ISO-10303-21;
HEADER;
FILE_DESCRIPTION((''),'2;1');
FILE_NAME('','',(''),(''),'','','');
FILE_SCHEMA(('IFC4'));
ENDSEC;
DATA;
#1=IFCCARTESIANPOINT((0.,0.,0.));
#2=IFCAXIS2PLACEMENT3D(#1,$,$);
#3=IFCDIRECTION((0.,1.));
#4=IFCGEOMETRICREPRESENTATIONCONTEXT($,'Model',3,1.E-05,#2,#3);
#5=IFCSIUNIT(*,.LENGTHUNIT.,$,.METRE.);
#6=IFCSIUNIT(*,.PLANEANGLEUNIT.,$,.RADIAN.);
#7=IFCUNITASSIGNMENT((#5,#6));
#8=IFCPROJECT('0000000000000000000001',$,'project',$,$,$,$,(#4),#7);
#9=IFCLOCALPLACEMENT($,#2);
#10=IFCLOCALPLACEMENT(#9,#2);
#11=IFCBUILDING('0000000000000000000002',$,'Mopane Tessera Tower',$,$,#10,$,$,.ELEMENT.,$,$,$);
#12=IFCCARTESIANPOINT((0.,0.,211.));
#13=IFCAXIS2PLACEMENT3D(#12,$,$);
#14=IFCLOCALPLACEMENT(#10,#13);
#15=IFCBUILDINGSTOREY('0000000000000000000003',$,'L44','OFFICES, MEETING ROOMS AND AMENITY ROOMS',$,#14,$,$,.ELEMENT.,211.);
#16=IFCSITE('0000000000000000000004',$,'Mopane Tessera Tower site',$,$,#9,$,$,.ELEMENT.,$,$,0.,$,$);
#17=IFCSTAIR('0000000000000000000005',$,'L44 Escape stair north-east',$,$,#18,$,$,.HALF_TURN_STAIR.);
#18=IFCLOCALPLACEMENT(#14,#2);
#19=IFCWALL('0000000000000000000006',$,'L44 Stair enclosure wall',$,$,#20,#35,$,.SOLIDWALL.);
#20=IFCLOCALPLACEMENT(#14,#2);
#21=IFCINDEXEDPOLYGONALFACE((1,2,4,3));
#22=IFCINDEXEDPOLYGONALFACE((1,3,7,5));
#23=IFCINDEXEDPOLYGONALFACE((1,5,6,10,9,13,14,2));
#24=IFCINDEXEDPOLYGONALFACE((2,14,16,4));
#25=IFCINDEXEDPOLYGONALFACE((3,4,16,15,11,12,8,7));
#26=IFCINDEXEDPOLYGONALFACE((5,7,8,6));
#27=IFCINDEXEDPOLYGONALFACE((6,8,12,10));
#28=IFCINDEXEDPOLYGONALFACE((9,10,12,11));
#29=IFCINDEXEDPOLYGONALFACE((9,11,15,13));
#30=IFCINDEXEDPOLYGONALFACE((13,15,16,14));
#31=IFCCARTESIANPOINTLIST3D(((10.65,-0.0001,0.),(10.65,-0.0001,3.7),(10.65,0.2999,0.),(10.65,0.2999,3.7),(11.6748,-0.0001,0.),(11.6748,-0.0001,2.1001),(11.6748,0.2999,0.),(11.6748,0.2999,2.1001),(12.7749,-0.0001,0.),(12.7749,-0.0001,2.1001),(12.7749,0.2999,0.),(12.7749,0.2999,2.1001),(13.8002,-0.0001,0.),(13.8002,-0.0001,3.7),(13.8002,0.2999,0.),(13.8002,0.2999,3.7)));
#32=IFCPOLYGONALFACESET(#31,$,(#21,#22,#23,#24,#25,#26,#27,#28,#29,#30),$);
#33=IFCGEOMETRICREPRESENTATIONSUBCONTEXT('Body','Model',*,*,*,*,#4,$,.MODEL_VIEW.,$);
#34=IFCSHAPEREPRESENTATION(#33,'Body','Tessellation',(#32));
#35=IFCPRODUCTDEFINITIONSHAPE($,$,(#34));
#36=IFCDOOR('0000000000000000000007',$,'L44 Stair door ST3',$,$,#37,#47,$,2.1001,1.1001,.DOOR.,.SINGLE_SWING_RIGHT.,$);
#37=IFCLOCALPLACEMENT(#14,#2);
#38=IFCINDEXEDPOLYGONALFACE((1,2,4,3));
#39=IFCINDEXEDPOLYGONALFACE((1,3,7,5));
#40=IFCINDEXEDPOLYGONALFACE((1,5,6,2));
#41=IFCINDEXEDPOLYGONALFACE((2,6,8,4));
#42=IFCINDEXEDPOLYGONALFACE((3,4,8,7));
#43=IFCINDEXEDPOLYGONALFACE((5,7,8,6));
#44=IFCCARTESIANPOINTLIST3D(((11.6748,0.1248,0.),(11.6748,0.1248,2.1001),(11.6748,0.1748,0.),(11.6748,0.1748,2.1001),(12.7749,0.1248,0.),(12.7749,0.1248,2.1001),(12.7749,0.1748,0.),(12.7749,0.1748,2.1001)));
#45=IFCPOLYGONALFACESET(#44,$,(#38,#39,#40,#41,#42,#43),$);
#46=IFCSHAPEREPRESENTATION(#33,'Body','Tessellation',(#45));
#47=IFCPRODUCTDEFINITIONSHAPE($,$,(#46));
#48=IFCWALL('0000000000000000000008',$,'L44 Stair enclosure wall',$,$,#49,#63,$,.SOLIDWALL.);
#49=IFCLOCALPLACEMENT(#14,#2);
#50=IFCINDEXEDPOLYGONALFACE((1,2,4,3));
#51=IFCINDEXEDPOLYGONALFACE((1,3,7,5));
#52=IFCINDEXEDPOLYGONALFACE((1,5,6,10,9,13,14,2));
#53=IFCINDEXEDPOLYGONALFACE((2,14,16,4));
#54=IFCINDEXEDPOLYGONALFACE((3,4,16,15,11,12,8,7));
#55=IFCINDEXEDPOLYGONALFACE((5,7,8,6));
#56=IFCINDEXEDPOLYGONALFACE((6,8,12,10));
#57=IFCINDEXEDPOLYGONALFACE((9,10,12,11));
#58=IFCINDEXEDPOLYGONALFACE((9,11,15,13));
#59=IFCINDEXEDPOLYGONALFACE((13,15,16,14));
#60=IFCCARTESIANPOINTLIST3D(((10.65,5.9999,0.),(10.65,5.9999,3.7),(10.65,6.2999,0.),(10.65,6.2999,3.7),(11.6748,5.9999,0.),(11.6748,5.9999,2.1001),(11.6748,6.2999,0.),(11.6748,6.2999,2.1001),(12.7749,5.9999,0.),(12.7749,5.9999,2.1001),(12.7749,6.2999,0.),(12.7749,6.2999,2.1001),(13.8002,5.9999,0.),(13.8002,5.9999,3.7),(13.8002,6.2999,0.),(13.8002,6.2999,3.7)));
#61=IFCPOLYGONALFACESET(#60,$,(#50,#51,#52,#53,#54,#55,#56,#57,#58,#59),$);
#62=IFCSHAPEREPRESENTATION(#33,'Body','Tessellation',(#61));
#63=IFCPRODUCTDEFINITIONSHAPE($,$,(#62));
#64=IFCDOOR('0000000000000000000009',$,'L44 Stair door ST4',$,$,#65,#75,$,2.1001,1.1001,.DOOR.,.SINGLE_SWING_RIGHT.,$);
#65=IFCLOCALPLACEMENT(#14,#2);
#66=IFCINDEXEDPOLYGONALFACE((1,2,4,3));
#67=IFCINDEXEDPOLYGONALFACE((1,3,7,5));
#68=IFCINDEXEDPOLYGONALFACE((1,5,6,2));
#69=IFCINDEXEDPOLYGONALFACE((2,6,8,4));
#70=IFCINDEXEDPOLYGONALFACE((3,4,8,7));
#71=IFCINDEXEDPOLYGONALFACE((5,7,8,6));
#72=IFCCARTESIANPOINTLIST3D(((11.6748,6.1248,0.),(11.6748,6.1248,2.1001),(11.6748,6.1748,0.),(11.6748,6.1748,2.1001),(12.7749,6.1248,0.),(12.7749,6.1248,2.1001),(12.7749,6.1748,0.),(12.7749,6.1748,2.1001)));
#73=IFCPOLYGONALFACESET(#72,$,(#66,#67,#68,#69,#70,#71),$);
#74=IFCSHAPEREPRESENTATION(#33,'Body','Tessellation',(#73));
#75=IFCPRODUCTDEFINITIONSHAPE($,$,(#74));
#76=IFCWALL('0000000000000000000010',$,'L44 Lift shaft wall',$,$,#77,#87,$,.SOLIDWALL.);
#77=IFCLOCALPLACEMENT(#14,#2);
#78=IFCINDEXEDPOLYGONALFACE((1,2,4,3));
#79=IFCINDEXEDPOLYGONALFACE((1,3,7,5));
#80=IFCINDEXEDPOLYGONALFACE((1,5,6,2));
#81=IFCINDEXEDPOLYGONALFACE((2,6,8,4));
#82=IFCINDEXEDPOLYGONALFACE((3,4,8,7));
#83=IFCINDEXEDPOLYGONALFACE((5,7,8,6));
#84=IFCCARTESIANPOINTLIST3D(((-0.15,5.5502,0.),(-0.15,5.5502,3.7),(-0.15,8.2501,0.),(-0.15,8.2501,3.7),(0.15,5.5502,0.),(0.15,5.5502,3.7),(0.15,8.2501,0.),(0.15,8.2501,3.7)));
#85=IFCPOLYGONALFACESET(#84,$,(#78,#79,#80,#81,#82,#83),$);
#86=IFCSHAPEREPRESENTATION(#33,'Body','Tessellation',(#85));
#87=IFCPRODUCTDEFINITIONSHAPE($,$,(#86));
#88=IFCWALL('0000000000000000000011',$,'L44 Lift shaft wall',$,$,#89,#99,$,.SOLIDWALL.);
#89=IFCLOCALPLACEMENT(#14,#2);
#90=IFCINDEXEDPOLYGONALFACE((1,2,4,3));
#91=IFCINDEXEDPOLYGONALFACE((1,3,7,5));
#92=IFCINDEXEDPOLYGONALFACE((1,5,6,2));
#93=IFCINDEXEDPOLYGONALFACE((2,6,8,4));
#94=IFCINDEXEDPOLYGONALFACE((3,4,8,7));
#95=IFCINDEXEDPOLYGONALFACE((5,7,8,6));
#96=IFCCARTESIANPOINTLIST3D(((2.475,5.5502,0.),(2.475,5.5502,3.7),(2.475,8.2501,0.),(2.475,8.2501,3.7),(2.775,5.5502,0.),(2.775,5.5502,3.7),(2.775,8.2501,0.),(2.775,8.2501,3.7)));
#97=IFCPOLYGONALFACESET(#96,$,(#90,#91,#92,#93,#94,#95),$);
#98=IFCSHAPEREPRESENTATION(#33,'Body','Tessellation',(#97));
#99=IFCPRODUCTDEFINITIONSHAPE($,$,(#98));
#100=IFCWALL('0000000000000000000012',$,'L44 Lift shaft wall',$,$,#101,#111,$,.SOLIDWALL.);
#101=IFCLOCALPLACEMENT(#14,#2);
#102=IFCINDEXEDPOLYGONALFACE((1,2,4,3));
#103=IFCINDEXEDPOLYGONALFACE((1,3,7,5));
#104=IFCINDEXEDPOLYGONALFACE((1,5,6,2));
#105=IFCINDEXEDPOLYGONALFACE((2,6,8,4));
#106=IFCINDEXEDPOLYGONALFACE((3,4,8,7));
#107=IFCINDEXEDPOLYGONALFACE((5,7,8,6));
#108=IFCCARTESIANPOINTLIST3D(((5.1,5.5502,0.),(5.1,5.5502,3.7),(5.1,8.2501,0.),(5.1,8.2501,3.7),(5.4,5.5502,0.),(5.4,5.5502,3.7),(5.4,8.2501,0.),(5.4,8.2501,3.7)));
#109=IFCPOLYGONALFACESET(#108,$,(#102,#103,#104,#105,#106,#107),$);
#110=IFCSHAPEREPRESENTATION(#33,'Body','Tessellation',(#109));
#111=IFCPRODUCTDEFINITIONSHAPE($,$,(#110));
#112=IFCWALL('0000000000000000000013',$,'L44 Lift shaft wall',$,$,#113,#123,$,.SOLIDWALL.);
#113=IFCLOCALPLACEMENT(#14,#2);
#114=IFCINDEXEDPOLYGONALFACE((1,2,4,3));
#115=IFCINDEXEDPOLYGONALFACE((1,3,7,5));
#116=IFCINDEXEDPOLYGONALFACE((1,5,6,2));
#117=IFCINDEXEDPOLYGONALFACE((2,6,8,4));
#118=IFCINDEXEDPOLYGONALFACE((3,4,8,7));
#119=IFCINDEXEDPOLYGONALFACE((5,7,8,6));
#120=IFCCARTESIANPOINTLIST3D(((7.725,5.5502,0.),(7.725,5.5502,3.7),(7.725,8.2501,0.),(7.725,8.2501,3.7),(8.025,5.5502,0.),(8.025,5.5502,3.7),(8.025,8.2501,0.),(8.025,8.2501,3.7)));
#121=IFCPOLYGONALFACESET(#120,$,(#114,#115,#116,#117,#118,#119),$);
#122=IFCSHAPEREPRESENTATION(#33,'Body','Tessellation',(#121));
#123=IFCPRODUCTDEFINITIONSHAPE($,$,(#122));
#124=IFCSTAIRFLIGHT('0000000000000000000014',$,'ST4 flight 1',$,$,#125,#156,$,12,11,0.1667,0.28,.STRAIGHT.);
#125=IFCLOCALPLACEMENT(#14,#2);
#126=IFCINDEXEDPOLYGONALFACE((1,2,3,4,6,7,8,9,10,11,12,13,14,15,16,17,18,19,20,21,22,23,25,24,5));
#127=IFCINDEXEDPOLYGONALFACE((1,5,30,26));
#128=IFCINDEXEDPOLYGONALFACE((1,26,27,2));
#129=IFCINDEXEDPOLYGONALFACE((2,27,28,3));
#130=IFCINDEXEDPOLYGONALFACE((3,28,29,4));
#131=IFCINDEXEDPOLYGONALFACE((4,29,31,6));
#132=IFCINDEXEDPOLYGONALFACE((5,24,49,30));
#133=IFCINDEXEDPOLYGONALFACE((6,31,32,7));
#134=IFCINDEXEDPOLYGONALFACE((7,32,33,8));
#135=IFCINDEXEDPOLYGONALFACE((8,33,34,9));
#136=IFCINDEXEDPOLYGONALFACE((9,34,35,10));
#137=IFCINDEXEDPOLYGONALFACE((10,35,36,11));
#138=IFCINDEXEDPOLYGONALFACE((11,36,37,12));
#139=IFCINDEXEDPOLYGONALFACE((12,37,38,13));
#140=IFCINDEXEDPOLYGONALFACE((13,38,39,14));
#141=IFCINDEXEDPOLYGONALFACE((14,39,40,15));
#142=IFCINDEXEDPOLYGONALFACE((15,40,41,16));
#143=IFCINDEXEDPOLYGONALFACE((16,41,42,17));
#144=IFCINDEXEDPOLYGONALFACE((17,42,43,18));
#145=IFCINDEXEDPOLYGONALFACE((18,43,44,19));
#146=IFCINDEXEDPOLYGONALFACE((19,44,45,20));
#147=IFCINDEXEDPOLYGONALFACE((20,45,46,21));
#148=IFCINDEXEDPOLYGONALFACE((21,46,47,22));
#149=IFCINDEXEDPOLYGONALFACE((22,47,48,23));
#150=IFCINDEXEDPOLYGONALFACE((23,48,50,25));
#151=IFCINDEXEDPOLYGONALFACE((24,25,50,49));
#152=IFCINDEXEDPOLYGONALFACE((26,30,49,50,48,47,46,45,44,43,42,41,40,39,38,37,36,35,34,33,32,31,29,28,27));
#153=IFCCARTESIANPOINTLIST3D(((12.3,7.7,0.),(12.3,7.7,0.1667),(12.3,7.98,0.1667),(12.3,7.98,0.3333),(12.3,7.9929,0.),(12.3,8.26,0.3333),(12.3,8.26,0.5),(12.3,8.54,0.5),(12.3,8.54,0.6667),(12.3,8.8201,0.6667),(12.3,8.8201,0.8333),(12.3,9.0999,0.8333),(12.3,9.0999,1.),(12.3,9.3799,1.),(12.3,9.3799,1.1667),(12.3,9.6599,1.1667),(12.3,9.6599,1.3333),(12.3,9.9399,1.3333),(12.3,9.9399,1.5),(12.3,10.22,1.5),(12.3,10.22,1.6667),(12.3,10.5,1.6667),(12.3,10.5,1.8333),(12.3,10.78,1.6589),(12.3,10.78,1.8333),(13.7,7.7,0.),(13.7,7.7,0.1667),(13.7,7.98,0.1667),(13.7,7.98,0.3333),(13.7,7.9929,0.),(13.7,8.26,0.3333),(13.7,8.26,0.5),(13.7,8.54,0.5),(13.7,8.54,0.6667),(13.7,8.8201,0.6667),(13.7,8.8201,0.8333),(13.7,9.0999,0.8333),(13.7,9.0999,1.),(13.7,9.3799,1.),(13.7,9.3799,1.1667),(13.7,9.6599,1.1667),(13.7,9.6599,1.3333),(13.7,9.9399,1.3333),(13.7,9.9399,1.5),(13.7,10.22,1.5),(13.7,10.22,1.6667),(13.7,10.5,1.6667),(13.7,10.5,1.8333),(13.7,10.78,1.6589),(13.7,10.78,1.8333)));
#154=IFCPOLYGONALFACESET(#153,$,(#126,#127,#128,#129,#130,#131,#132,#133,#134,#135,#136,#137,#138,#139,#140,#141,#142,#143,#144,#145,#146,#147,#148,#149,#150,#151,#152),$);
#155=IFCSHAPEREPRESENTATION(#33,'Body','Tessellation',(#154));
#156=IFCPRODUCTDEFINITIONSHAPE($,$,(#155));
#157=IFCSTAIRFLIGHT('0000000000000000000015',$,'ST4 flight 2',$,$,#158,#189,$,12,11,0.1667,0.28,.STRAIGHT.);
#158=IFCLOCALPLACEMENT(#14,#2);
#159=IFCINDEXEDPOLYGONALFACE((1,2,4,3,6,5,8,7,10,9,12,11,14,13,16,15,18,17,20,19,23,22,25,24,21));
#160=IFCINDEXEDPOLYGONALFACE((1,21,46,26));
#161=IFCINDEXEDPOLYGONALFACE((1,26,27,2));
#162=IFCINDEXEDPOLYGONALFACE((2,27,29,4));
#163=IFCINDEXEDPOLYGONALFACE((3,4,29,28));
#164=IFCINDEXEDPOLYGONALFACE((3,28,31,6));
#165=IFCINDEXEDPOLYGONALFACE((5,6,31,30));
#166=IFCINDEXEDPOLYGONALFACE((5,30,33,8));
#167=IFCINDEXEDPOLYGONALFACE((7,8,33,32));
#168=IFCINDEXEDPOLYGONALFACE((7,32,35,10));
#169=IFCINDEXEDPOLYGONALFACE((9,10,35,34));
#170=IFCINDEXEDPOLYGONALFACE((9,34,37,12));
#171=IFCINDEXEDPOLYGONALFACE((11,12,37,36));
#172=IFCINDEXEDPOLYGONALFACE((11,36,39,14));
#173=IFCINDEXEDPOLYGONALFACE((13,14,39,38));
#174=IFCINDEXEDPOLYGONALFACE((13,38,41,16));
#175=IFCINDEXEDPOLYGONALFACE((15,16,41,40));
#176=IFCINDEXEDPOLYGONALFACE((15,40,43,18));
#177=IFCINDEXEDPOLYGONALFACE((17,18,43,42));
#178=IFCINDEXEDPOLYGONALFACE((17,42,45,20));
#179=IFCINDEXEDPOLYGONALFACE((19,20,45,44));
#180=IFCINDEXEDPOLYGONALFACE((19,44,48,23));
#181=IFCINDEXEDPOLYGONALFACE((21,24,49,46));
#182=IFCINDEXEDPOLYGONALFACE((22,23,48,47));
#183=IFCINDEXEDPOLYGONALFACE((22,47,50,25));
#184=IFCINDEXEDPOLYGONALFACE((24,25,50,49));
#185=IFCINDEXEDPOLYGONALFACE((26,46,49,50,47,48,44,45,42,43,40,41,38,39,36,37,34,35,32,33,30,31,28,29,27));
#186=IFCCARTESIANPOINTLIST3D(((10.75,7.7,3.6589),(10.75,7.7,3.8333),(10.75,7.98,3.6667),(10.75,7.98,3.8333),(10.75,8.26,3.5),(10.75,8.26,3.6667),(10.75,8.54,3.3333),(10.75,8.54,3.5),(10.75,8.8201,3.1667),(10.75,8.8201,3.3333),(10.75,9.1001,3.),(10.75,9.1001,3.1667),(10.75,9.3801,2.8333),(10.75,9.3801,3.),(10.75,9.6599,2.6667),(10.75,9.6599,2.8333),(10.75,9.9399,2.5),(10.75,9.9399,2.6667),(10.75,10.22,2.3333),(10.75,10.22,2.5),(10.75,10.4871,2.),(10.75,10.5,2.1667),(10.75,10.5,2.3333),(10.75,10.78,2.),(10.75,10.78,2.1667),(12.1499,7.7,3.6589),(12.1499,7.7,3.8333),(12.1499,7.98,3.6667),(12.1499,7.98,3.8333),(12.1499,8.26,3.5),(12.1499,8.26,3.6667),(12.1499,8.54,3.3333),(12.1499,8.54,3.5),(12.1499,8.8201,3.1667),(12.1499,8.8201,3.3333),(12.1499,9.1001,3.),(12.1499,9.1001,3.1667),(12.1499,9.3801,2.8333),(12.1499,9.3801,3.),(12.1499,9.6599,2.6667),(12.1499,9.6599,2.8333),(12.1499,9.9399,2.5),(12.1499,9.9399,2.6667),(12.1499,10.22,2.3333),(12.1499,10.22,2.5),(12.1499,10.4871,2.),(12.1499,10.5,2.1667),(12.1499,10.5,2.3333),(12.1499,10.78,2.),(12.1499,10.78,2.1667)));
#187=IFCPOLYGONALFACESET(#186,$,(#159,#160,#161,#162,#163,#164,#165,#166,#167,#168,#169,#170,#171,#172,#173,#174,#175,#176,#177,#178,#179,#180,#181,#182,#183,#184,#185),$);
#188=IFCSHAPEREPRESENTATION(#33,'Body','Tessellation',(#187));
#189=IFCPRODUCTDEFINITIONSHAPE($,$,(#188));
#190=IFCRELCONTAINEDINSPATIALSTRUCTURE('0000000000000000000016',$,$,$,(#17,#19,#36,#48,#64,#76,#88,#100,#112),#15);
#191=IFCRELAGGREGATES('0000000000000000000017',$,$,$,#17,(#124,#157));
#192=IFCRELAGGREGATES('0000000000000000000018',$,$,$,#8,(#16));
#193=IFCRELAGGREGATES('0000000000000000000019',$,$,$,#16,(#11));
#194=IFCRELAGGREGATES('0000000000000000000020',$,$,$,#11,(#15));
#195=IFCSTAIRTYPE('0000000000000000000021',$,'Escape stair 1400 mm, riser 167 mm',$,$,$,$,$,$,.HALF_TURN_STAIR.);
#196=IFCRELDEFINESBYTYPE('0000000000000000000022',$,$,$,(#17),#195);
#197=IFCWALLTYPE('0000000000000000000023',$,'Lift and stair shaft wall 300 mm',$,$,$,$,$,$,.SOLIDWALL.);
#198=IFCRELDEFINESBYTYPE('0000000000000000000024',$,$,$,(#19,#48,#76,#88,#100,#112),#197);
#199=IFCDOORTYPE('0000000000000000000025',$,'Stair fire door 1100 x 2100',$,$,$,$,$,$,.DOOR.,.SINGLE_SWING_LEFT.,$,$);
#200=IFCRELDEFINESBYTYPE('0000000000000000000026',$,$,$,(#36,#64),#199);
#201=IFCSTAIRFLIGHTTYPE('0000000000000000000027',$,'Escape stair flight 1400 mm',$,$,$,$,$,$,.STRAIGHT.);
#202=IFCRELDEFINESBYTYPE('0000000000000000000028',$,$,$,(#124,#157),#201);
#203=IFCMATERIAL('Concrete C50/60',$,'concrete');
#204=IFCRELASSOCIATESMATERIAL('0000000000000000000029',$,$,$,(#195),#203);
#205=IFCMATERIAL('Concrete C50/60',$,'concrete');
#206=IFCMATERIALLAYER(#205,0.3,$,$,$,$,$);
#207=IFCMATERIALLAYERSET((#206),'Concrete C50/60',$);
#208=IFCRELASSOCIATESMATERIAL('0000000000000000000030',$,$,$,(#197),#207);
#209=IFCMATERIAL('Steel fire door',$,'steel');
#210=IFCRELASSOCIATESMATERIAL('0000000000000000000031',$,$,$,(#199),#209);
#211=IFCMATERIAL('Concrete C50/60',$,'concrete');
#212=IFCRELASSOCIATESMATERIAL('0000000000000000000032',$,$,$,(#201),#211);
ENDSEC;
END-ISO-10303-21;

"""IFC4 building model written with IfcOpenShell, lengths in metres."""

from ifc_helpers import new_model, si_unit, direction, frame, frame_2d, origin, place, context, subcontext, project, spatial, polyline, rectangle, outline, extrude, material, layer, layer_set, type_object, element, fill, aggregate, save


model = new_model("IFC4")

# Units and contexts
model_context = context("Model", 3, precision=1e-05, world=origin(), true_north=direction((0.0, 1.0)))
body_context = subcontext(model_context, "Body", "Model", "MODEL_VIEW")
ifc_project = project(units=[si_unit("LENGTHUNIT", "METRE"), si_unit("PLANEANGLEUNIT", "RADIAN")], contexts=[model_context])

# Site, building, storey
site_placement = place(None, origin())
site = spatial("IfcSite", under=ifc_project, at=site_placement, Name="Mopane Tessera Tower site", CompositionType="ELEMENT", RefElevation=0.0)
building_placement = place(site_placement, origin())
building = spatial("IfcBuilding", under=site, at=building_placement, Name="Mopane Tessera Tower", CompositionType="ELEMENT")
storey_placement = place(building_placement, frame((0.0, 0.0, 211.0)))
storey = spatial("IfcBuildingStorey", under=building, at=storey_placement, Name="L44", Description="OFFICES, MEETING ROOMS AND AMENITY ROOMS", CompositionType="ELEMENT", Elevation=211.0)

# Stair
ifc_material_1 = material(Name="Concrete C50/60", Category="concrete")
stair_type = type_object("IfcStairType", Name="Escape stair 1400 mm, riser 167 mm", PredefinedType="HALF_TURN_STAIR", material=ifc_material_1)
stair_1_placement = place(storey_placement, origin())
stair_1 = element("IfcStair", 1, at=stair_1_placement, inside=storey, type_object=stair_type, Name="L44 Escape stair north-east", PredefinedType="HALF_TURN_STAIR")

# Walls, openings, doors
ifc_material_2 = material(Name="Concrete C50/60", Category="concrete")
ifc_layer_1 = layer(ifc_material_2, 0.3)
ifc_layer_set_1 = layer_set([ifc_layer_1], Name="Concrete C50/60")
wall_type_1 = type_object("IfcWallType", Name="Lift and stair shaft wall 300 mm", PredefinedType="SOLIDWALL", material=ifc_layer_set_1)
wall_1_placement = place(storey_placement, frame((10.6499, 0.1499, 0.0), z_axis=(0.0, 0.0, 1.0), x_axis=(1.0, 0.0, 0.0)))
wall_1 = element("IfcWall", 2, at=wall_1_placement, inside=storey, type_object=wall_type_1, Name="L44 Stair enclosure wall", PredefinedType="SOLIDWALL", context=body_context, shape_type="SweptSolid", body=[
    extrude(rectangle(XDim=3.1501, YDim=0.3, at=frame_2d((1.5752, 0.0))), origin(), (0.0, 0.0, 1.0), 3.7),
])
opening_1_placement = place(wall_1_placement, frame((1.0249, 0.0, 0.0)))
opening_1 = element("IfcOpeningElement", 3, at=opening_1_placement, cuts=wall_1, PredefinedType="OPENING", context=body_context, shape_type="SweptSolid", body=[
    extrude(rectangle(XDim=1.1001, YDim=2.1001, at=frame_2d((0.55, 1.05))), frame((0.0, 0.1621, 0.0), z_axis=(0.0, -1.0, 0.0), x_axis=(1.0, 0.0, 0.0)), (0.0, 0.0, 1.0), 0.324),
])
ifc_material_3 = material(Name="Steel fire door", Category="steel")
door_type = type_object("IfcDoorType", Name="Stair fire door 1100 x 2100", OperationType="SINGLE_SWING_LEFT", PredefinedType="DOOR", material=ifc_material_3)
door_1_placement = place(opening_1_placement, origin())
door_1 = element("IfcDoor", 4, at=door_1_placement, inside=storey, type_object=door_type, Name="L44 Stair door ST3", OperationType="SINGLE_SWING_RIGHT", OverallHeight=2.1001, OverallWidth=1.1001, PredefinedType="DOOR", context=body_context, shape_type="SweptSolid", body=[
    extrude(rectangle(XDim=1.1001, YDim=2.1001, at=frame_2d((0.55, 1.05))), frame((0.0, 0.0249, 0.0), z_axis=(0.0, -1.0, 0.0), x_axis=(1.0, 0.0, 0.0)), (0.0, 0.0, 1.0), 0.05),
])
fill(opening_1, door_1)
wall_2_placement = place(storey_placement, frame((10.6499, 6.1499, 0.0), z_axis=(0.0, 0.0, 1.0), x_axis=(1.0, 0.0, 0.0)))
wall_2 = element("IfcWall", 5, at=wall_2_placement, inside=storey, type_object=wall_type_1, Name="L44 Stair enclosure wall", PredefinedType="SOLIDWALL", context=body_context, shape_type="SweptSolid", body=[
    extrude(rectangle(XDim=3.1501, YDim=0.3, at=frame_2d((1.5752, 0.0))), origin(), (0.0, 0.0, 1.0), 3.7),
])
opening_2_placement = place(wall_2_placement, frame((1.0249, 0.0, 0.0)))
opening_2 = element("IfcOpeningElement", 6, at=opening_2_placement, cuts=wall_2, PredefinedType="OPENING", context=body_context, shape_type="SweptSolid", body=[
    extrude(rectangle(XDim=1.1001, YDim=2.1001, at=frame_2d((0.55, 1.05))), frame((0.0, 0.1621, 0.0), z_axis=(0.0, -1.0, 0.0), x_axis=(1.0, 0.0, 0.0)), (0.0, 0.0, 1.0), 0.324),
])
door_2_placement = place(opening_2_placement, origin())
door_2 = element("IfcDoor", 7, at=door_2_placement, inside=storey, type_object=door_type, Name="L44 Stair door ST4", OperationType="SINGLE_SWING_RIGHT", OverallHeight=2.1001, OverallWidth=1.1001, PredefinedType="DOOR", context=body_context, shape_type="SweptSolid", body=[
    extrude(rectangle(XDim=1.1001, YDim=2.1001, at=frame_2d((0.55, 1.05))), frame((0.0, 0.0249, 0.0), z_axis=(0.0, -1.0, 0.0), x_axis=(1.0, 0.0, 0.0)), (0.0, 0.0, 1.0), 0.05),
])
fill(opening_2, door_2)

# Walls
for number, where, z_axis, x_axis, name in (
    (8, (0.0, 5.55, 0.0), (0.0, 0.0, 1.0), (0.0, 1.0, 0.0), "L44 Lift shaft wall"),
    (9, (2.625, 5.55, 0.0), (0.0, 0.0, 1.0), (0.0, 1.0, 0.0), "L44 Lift shaft wall"),
    (10, (5.25, 5.55, 0.0), (0.0, 0.0, 1.0), (0.0, 1.0, 0.0), "L44 Lift shaft wall"),
    (11, (7.875, 5.55, 0.0), (0.0, 0.0, 1.0), (0.0, 1.0, 0.0), "L44 Lift shaft wall"),
):
    element("IfcWall", number, at=place(storey_placement, frame(where, z_axis=z_axis, x_axis=x_axis)), inside=storey, type_object=wall_type_1, Name=name, PredefinedType="SOLIDWALL", context=body_context, shape_type="SweptSolid", body=[
        extrude(rectangle(XDim=2.7, YDim=0.3, at=frame_2d((1.3501, 0.0))), origin(), (0.0, 0.0, 1.0), 3.7),
    ])

# Stair flights
ifc_material_4 = material(Name="Concrete C50/60", Category="concrete")
stair_flight_type = type_object("IfcStairFlightType", Name="Escape stair flight 1400 mm", PredefinedType="STRAIGHT", material=ifc_material_4)
stair_flight_1_placement = place(storey_placement, frame((13.0, 7.7, 0.0), z_axis=(0.0, 0.0, 1.0), x_axis=(0.0, 1.0, 0.0)))
stair_flight_1 = element("IfcStairFlight", 12, at=stair_flight_1_placement, type_object=stair_flight_type, Name="ST4 flight 1", NumberOfRisers=12, NumberOfTreads=11, PredefinedType="STRAIGHT", RiserHeight=0.1667, TreadLength=0.28, context=body_context, shape_type="SweptSolid", body=[
    extrude(outline(polyline([(0.0, 0.0), (0.0, 0.1667), (0.28, 0.1667), (0.28, 0.3333), (0.5601, 0.3333), (0.5601, 0.5), (0.8401, 0.5), (0.8401, 0.6667), (1.1201, 0.6667), (1.1201, 0.8333), (1.3999, 0.8333), (1.3999, 1.0), (1.6799, 1.0), (1.6799, 1.1667), (1.96, 1.1667), (1.96, 1.3333), (2.24, 1.3333), (2.24, 1.5), (2.52, 1.5), (2.52, 1.6667), (2.8, 1.6667), (2.8, 1.8333), (3.0801, 1.8333), (3.0801, 2.0), (3.0801, 1.6589), (0.293, 0.0), (0.0, 0.0)])), frame((0.0, 0.7, 0.0), z_axis=(0.0, -1.0, 0.0), x_axis=(1.0, 0.0, 0.0)), (0.0, 0.0, 1.0), 1.3999),
])
stair_flight_2_placement = place(storey_placement, frame((11.45, 10.78, 2.0), z_axis=(0.0, 0.0, 1.0), x_axis=(0.0, -1.0, 0.0)))
stair_flight_2 = element("IfcStairFlight", 13, at=stair_flight_2_placement, type_object=stair_flight_type, Name="ST4 flight 2", NumberOfRisers=12, NumberOfTreads=11, PredefinedType="STRAIGHT", RiserHeight=0.1667, TreadLength=0.28, context=body_context, shape_type="SweptSolid", body=[
    extrude(outline(polyline([(0.0, 0.0), (0.0, 0.1667), (0.28, 0.1667), (0.28, 0.3333), (0.5601, 0.3333), (0.5601, 0.5), (0.8401, 0.5), (0.8401, 0.6667), (1.1201, 0.6667), (1.1201, 0.8333), (1.3999, 0.8333), (1.3999, 1.0), (1.6799, 1.0), (1.6799, 1.1667), (1.96, 1.1667), (1.96, 1.3333), (2.24, 1.3333), (2.24, 1.5), (2.52, 1.5), (2.52, 1.6667), (2.8, 1.6667), (2.8, 1.8333), (3.0801, 1.8333), (3.0801, 2.0), (3.0801, 1.6589), (0.293, 0.0), (0.0, 0.0)])), frame((0.0, 0.7, 0.0), z_axis=(0.0, -1.0, 0.0), x_axis=(1.0, 0.0, 0.0)), (0.0, 0.0, 1.0), 1.3999),
])
aggregate(stair_1, [stair_flight_1, stair_flight_2])

save(model, "model.ifc")
